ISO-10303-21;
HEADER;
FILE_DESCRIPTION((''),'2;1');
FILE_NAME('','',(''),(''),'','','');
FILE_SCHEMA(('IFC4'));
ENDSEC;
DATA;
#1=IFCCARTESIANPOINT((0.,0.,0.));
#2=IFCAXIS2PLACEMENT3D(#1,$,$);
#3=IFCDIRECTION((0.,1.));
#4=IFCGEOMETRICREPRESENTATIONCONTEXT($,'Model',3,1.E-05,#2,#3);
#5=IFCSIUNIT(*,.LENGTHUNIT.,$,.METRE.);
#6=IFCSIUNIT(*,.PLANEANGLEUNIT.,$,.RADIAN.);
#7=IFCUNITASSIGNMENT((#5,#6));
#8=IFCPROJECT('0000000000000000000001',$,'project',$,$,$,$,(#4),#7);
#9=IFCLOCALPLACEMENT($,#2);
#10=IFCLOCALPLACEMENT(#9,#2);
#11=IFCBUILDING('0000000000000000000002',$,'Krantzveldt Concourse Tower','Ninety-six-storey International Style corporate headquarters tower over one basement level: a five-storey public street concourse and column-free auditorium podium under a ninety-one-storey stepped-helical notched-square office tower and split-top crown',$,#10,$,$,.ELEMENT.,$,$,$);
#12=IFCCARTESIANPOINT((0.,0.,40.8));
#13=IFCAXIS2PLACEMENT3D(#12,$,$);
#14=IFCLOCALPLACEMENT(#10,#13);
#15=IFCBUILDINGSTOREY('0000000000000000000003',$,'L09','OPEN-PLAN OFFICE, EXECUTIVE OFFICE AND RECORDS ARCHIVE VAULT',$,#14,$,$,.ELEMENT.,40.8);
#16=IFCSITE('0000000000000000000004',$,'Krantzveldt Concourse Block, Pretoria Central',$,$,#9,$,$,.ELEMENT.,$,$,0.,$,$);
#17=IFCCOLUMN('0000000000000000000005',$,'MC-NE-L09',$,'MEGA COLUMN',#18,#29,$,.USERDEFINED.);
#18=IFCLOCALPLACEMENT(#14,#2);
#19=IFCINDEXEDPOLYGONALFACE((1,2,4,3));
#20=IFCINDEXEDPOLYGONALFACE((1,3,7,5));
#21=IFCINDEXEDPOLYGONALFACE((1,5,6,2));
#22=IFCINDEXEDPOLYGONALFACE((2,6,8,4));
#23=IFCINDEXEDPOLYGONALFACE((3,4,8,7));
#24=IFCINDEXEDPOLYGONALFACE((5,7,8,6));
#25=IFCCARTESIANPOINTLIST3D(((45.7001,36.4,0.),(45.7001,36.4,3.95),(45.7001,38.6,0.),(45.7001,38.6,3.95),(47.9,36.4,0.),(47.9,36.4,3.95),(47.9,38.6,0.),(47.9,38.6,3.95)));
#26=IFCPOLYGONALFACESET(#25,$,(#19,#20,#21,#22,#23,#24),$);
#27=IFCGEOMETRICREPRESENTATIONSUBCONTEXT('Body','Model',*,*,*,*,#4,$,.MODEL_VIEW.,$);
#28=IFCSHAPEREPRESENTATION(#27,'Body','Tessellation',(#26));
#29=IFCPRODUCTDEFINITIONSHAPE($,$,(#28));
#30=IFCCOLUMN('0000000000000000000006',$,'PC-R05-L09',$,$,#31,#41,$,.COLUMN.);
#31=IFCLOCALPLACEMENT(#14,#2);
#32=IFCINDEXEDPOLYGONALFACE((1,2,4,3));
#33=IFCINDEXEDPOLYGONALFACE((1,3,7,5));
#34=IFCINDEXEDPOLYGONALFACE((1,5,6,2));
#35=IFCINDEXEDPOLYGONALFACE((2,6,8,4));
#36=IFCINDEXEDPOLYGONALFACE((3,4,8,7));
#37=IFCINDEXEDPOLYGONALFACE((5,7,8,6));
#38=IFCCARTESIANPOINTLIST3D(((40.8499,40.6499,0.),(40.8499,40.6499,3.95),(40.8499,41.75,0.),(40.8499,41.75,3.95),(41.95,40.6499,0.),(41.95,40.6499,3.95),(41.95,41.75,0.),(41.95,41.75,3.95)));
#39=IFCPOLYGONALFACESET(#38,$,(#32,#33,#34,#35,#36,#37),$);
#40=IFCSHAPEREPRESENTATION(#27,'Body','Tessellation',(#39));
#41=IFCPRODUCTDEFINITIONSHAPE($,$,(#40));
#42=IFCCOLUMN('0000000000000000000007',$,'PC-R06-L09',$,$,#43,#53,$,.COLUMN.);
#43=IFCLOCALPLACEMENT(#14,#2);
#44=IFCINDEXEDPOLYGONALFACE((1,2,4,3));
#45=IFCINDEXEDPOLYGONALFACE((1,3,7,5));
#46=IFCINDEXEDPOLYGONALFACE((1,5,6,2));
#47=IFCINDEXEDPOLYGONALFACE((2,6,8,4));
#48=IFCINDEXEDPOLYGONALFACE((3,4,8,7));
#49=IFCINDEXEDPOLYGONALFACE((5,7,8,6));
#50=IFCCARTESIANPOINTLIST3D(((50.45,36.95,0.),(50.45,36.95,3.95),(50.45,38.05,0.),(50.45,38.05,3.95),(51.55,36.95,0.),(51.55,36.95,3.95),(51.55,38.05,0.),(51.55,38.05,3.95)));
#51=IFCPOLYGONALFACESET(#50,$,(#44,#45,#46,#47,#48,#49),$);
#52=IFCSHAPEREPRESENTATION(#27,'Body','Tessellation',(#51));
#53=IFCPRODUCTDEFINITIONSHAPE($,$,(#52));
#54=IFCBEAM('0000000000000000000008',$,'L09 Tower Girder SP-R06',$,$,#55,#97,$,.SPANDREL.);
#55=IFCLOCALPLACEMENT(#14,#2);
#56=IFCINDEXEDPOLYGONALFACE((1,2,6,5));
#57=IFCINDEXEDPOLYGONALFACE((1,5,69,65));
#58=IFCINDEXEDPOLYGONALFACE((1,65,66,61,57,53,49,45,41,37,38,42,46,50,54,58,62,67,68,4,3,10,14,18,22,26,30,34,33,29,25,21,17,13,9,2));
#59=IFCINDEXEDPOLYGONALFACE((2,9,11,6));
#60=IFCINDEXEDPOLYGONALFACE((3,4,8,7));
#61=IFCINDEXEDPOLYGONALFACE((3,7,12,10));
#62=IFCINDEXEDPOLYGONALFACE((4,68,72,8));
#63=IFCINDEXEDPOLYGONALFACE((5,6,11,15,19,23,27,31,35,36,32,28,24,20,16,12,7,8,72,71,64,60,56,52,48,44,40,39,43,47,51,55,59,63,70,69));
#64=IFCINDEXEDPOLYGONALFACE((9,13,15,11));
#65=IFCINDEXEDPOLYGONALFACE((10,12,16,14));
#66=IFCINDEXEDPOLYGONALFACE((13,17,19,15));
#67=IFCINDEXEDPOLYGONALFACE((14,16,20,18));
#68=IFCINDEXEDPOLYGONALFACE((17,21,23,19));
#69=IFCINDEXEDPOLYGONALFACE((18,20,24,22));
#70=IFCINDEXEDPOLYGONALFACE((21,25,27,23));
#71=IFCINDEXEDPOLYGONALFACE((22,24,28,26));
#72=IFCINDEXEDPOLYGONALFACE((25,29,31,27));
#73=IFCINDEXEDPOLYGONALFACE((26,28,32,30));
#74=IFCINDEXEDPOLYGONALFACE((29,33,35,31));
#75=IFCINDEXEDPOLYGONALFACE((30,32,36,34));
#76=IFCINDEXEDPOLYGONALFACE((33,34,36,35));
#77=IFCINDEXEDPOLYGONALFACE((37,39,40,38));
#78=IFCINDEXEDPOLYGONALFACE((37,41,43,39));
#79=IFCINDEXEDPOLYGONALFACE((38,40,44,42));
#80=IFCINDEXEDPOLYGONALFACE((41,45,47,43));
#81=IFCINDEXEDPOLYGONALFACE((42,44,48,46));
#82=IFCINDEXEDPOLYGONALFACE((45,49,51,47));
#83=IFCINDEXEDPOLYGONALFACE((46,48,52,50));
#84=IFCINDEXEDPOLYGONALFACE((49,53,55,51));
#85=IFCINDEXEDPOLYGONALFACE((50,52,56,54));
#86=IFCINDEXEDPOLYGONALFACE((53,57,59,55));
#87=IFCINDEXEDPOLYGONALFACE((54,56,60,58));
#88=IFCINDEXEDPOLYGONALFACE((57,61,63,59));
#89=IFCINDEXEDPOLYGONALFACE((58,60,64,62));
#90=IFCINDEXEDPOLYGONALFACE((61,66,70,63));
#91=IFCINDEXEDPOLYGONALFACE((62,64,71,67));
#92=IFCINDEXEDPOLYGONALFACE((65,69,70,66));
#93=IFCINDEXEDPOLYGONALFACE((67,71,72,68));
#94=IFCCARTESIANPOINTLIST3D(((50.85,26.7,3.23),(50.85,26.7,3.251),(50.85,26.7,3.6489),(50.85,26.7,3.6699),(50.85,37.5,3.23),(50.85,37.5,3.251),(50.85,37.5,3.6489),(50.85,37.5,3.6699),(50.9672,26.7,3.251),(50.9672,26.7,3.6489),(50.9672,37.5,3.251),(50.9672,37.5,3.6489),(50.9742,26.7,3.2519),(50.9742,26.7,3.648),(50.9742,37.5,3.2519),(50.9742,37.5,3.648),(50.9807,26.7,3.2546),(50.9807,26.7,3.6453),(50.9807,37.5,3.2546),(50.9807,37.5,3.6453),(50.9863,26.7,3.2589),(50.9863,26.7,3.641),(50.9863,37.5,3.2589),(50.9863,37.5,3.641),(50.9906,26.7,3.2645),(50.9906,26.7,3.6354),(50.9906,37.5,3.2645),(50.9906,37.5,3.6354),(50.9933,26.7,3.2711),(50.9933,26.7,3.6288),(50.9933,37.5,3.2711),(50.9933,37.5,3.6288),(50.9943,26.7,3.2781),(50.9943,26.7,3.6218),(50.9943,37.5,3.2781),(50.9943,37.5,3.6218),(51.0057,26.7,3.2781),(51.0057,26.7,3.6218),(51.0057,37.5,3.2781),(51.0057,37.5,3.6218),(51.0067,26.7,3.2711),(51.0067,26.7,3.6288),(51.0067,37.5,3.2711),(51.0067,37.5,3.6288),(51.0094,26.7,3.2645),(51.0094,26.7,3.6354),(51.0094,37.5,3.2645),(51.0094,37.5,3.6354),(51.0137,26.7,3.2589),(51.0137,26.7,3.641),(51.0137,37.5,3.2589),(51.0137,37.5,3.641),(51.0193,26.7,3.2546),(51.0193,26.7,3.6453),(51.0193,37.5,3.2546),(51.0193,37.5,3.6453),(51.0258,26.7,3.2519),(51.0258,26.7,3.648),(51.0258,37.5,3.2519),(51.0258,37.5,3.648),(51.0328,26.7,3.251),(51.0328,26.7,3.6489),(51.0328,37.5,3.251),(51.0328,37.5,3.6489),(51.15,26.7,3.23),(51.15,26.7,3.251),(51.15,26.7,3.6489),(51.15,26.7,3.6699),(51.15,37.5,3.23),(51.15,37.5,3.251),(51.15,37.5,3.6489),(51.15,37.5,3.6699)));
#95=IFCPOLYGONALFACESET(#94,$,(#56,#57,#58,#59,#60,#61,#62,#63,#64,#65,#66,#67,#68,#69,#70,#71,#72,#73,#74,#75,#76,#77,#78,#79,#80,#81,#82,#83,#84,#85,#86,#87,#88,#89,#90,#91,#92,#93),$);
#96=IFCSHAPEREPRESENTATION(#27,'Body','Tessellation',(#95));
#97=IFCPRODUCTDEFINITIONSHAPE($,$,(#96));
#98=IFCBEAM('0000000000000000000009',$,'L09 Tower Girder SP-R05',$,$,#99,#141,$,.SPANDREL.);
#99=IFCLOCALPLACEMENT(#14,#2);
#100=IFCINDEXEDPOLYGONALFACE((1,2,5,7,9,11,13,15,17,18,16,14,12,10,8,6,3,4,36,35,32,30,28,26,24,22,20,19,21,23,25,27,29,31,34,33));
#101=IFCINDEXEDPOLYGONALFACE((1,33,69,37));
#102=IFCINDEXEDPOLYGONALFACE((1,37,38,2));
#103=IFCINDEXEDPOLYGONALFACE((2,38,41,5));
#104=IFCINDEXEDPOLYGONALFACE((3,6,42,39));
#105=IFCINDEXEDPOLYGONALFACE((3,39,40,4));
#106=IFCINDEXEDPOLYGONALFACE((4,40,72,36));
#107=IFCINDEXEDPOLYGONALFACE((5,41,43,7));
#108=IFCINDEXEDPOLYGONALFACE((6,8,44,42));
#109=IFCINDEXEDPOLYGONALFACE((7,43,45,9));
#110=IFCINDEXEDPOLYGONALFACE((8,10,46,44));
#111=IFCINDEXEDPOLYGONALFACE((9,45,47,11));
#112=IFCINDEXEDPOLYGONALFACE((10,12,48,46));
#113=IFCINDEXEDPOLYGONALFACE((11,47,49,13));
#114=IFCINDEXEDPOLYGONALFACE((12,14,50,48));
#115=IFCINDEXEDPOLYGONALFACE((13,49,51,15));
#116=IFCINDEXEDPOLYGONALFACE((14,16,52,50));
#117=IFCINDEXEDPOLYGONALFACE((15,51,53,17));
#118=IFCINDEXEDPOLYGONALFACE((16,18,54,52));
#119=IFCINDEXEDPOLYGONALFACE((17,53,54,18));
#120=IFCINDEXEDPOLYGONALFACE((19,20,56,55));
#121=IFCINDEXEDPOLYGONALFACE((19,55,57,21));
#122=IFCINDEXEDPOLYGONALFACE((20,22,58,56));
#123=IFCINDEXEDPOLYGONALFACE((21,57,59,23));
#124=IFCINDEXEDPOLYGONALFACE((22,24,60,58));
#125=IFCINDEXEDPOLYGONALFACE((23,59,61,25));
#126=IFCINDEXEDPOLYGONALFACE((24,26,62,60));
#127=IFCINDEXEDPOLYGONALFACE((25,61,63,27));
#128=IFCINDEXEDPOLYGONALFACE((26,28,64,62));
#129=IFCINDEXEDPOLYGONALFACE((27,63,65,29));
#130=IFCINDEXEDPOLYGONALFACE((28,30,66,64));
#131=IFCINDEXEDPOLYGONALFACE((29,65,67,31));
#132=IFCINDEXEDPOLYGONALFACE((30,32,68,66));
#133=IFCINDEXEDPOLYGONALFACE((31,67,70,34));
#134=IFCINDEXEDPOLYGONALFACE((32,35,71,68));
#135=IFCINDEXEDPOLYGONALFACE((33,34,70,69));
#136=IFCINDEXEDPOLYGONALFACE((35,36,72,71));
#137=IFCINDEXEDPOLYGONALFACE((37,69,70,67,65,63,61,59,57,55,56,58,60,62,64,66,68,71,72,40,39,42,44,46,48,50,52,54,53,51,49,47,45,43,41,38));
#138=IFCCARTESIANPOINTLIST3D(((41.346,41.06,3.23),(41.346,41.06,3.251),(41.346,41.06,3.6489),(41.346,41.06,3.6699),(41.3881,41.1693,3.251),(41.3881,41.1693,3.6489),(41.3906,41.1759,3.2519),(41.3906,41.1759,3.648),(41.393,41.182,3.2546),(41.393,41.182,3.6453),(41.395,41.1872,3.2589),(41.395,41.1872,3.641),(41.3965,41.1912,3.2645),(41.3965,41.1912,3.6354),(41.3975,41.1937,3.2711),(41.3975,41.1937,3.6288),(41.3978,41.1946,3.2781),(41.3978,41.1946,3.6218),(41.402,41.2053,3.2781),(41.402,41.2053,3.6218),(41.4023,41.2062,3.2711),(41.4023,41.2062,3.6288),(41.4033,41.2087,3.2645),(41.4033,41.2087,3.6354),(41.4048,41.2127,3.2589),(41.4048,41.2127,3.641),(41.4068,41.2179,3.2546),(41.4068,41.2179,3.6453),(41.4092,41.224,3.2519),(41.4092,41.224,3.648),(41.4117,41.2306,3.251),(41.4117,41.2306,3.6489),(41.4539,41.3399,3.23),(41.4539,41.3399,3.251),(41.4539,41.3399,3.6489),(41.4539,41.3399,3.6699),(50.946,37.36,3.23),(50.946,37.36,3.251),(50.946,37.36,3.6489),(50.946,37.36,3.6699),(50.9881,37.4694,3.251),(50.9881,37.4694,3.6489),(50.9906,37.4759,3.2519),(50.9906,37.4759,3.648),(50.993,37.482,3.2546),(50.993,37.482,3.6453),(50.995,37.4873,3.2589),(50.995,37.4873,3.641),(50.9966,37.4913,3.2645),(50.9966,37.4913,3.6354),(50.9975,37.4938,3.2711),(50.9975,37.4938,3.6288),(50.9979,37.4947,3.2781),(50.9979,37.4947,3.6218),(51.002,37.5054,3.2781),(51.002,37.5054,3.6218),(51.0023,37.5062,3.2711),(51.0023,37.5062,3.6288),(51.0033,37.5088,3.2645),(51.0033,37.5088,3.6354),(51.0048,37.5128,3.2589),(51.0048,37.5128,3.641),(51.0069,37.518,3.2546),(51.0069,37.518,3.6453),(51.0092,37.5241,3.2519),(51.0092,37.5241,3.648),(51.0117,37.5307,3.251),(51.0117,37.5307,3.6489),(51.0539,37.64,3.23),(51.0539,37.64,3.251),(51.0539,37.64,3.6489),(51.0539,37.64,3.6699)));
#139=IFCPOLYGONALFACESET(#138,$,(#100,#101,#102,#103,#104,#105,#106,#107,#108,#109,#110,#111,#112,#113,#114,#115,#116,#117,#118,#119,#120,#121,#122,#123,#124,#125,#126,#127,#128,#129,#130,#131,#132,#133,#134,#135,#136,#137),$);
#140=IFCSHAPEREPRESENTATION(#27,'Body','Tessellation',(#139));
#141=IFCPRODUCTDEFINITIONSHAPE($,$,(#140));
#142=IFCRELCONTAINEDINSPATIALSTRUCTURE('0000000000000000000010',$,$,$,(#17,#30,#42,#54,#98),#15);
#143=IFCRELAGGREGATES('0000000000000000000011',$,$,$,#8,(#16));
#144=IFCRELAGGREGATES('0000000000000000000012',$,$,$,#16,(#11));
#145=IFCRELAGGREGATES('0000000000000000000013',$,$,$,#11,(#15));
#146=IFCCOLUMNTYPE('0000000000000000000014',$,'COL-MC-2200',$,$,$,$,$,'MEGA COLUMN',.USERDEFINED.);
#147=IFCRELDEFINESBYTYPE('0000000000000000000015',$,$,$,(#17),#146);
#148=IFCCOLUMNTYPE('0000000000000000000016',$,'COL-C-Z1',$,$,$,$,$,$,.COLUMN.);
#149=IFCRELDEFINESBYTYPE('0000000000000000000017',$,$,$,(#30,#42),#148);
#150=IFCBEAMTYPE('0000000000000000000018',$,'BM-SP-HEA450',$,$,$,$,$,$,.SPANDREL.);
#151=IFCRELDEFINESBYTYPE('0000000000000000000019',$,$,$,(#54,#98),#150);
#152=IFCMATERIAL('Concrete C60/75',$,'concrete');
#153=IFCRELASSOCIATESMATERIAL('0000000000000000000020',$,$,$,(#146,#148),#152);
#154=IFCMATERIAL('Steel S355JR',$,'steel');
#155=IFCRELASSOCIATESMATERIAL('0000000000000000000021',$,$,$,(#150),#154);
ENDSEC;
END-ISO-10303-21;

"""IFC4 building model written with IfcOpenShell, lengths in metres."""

from ifc_helpers import new_model, si_unit, direction, frame, origin, origin_2d, place, context, subcontext, project, spatial, rectangle, i_section, extrude, source, transform, mapped, material, material_profile, profile_set, type_object, type_shapes, element, save


model = new_model("IFC4")

# Units and contexts
model_context = context("Model", 3, precision=1e-05, world=origin(), true_north=direction((0.0, 1.0)))
body_context = subcontext(model_context, "Body", "Model", "MODEL_VIEW")
ifc_project = project(units=[si_unit("LENGTHUNIT", "METRE"), si_unit("PLANEANGLEUNIT", "RADIAN")], contexts=[model_context])

# Site, building, storey
site_placement = place(None, origin())
site = spatial("IfcSite", under=ifc_project, at=site_placement, Name="Krantzveldt Concourse Block, Pretoria Central", CompositionType="ELEMENT", RefElevation=0.0)
building_placement = place(site_placement, origin())
building = spatial("IfcBuilding", under=site, at=building_placement, Name="Krantzveldt Concourse Tower", Description="Ninety-six-storey International Style corporate headquarters tower over one basement level: a five-storey public street concourse and column-free auditorium podium under a ninety-one-storey stepped-helical notched-square office tower and split-top crown", CompositionType="ELEMENT")
storey_placement = place(building_placement, frame((0.0, 0.0, 40.8)))
storey = spatial("IfcBuildingStorey", under=building, at=storey_placement, Name="L09", Description="OPEN-PLAN OFFICE, EXECUTIVE OFFICE AND RECORDS ARCHIVE VAULT", CompositionType="ELEMENT", Elevation=40.8)

# Columns
ifc_material_1 = material(Name="Concrete C60/75", Category="concrete")
ifc_material_profile_1 = material_profile(ifc_material_1, rectangle(XDim=2.2, YDim=2.2, at=origin_2d()), Name="Concrete C60/75", Category="concrete")
ifc_profile_set_1 = profile_set([ifc_material_profile_1], Name="Concrete C60/75 - RC 2200x2200")
column_type_1 = type_object("IfcColumnType", Name="COL-MC-2200", ElementType="MEGA COLUMN", PredefinedType="USERDEFINED", material=ifc_profile_set_1)
shared_shape_1 = source(origin(), body_context, "Body", "SweptSolid", [
    extrude(rectangle(XDim=2.2, YDim=2.2, at=origin_2d()), origin(), (0.0, 0.0, 1.0), 3.95),
])
type_shapes(column_type_1, [shared_shape_1])
column_placement = place(storey_placement, frame((46.8, 37.5, 0.0), z_axis=(0.0, 0.0, 1.0), x_axis=(1.0, 0.0, 0.0)))
element("IfcColumn", 1, at=column_placement, inside=storey, type_object=column_type_1, Name="MC-NE-L09", ObjectType="MEGA COLUMN", PredefinedType="USERDEFINED", context=body_context, shape_type="MappedRepresentation", body=[
    mapped(shared_shape_1, transform((0.0, 0.0, 0.0), x_axis=(1.0, 0.0, 0.0), y_axis=(0.0, 1.0, 0.0), z_axis=(0.0, 0.0, 1.0), scale=1.0)),
])
ifc_material_profile_2 = material_profile(ifc_material_1, rectangle(XDim=1.1001, YDim=1.1001, at=origin_2d()), Name="Concrete C60/75", Category="concrete")
ifc_profile_set_2 = profile_set([ifc_material_profile_2], Name="Concrete C60/75 - RC 1100x1100")
column_type_2 = type_object("IfcColumnType", Name="COL-C-Z1", PredefinedType="COLUMN", material=ifc_profile_set_2)
shared_shape_2 = source(origin(), body_context, "Body", "SweptSolid", [
    extrude(rectangle(XDim=1.1001, YDim=1.1001, at=origin_2d()), origin(), (0.0, 0.0, 1.0), 3.95),
])
type_shapes(column_type_2, [shared_shape_2])
for number, where, z_axis, x_axis, name in (
    (2, (41.3999, 41.2, 0.0), (0.0, 0.0, 1.0), (1.0, 0.0, 0.0), "PC-R05-L09"),
    (3, (51.0, 37.5, 0.0), (0.0, 0.0, 1.0), (1.0, 0.0, 0.0), "PC-R06-L09"),
):
    element("IfcColumn", number, at=place(storey_placement, frame(where, z_axis=z_axis, x_axis=x_axis)), inside=storey, type_object=column_type_2, Name=name, PredefinedType="COLUMN", context=body_context, shape_type="MappedRepresentation", body=[
        mapped(shared_shape_2, transform((0.0, 0.0, 0.0), x_axis=(1.0, 0.0, 0.0), y_axis=(0.0, 1.0, 0.0), z_axis=(0.0, 0.0, 1.0), scale=1.0)),
    ])

# Beams
ifc_material_2 = material(Name="Steel S355JR", Category="steel")
ifc_material_profile_3 = material_profile(ifc_material_2, i_section(OverallWidth=0.3, OverallDepth=0.4399, WebThickness=0.0115, FlangeThickness=0.021, FilletRadius=0.0271, at=origin_2d()), Name="Steel S355JR", Category="steel")
ifc_profile_set_3 = profile_set([ifc_material_profile_3], Name="Steel S355JR - HEA 450")
beam_type_1 = type_object("IfcBeamType", Name="BM-SP-HEA450", PredefinedType="SPANDREL", material=ifc_profile_set_3)
shared_shape_3 = source(origin(), body_context, "Body", "SweptSolid", [
    extrude(i_section(OverallWidth=0.3, OverallDepth=0.4399, WebThickness=0.0115, FlangeThickness=0.021, FilletRadius=0.0271, at=origin_2d()), origin(), (0.0, 0.0, 1.0), 10.8),
])
beam_1_placement = place(storey_placement, frame((51.0, 37.5, 3.45), z_axis=(0.0, -1.0, 0.0), x_axis=(1.0, 0.0, 0.0)))
element("IfcBeam", 4, at=beam_1_placement, inside=storey, type_object=beam_type_1, Name="L09 Tower Girder SP-R06", PredefinedType="SPANDREL", context=body_context, shape_type="MappedRepresentation", body=[
    mapped(shared_shape_3, transform((0.0, 0.0, 0.0), x_axis=(1.0, 0.0, 0.0), y_axis=(0.0, 1.0, 0.0), z_axis=(0.0, 0.0, 1.0), scale=1.0)),
])
shared_shape_4 = source(origin(), body_context, "Body", "SweptSolid", [
    extrude(i_section(OverallWidth=0.3, OverallDepth=0.4399, WebThickness=0.0115, FlangeThickness=0.021, FilletRadius=0.0271, at=origin_2d()), origin(), (0.0, 0.0, 1.0), 10.2883),
])
type_shapes(beam_type_1, [shared_shape_3, shared_shape_4])
beam_2_placement = place(storey_placement, frame((41.3999, 41.2, 3.45), z_axis=(0.933098, -0.359623, 0.0), x_axis=(0.359623, 0.933098, 0.0)))
element("IfcBeam", 5, at=beam_2_placement, inside=storey, type_object=beam_type_1, Name="L09 Tower Girder SP-R05", PredefinedType="SPANDREL", context=body_context, shape_type="MappedRepresentation", body=[
    mapped(shared_shape_4, transform((0.0, 0.0, 0.0), x_axis=(1.0, 0.0, 0.0), y_axis=(0.0, 1.0, 0.0), z_axis=(0.0, 0.0, 1.0), scale=1.0)),
])

save(model, "model.ifc")
